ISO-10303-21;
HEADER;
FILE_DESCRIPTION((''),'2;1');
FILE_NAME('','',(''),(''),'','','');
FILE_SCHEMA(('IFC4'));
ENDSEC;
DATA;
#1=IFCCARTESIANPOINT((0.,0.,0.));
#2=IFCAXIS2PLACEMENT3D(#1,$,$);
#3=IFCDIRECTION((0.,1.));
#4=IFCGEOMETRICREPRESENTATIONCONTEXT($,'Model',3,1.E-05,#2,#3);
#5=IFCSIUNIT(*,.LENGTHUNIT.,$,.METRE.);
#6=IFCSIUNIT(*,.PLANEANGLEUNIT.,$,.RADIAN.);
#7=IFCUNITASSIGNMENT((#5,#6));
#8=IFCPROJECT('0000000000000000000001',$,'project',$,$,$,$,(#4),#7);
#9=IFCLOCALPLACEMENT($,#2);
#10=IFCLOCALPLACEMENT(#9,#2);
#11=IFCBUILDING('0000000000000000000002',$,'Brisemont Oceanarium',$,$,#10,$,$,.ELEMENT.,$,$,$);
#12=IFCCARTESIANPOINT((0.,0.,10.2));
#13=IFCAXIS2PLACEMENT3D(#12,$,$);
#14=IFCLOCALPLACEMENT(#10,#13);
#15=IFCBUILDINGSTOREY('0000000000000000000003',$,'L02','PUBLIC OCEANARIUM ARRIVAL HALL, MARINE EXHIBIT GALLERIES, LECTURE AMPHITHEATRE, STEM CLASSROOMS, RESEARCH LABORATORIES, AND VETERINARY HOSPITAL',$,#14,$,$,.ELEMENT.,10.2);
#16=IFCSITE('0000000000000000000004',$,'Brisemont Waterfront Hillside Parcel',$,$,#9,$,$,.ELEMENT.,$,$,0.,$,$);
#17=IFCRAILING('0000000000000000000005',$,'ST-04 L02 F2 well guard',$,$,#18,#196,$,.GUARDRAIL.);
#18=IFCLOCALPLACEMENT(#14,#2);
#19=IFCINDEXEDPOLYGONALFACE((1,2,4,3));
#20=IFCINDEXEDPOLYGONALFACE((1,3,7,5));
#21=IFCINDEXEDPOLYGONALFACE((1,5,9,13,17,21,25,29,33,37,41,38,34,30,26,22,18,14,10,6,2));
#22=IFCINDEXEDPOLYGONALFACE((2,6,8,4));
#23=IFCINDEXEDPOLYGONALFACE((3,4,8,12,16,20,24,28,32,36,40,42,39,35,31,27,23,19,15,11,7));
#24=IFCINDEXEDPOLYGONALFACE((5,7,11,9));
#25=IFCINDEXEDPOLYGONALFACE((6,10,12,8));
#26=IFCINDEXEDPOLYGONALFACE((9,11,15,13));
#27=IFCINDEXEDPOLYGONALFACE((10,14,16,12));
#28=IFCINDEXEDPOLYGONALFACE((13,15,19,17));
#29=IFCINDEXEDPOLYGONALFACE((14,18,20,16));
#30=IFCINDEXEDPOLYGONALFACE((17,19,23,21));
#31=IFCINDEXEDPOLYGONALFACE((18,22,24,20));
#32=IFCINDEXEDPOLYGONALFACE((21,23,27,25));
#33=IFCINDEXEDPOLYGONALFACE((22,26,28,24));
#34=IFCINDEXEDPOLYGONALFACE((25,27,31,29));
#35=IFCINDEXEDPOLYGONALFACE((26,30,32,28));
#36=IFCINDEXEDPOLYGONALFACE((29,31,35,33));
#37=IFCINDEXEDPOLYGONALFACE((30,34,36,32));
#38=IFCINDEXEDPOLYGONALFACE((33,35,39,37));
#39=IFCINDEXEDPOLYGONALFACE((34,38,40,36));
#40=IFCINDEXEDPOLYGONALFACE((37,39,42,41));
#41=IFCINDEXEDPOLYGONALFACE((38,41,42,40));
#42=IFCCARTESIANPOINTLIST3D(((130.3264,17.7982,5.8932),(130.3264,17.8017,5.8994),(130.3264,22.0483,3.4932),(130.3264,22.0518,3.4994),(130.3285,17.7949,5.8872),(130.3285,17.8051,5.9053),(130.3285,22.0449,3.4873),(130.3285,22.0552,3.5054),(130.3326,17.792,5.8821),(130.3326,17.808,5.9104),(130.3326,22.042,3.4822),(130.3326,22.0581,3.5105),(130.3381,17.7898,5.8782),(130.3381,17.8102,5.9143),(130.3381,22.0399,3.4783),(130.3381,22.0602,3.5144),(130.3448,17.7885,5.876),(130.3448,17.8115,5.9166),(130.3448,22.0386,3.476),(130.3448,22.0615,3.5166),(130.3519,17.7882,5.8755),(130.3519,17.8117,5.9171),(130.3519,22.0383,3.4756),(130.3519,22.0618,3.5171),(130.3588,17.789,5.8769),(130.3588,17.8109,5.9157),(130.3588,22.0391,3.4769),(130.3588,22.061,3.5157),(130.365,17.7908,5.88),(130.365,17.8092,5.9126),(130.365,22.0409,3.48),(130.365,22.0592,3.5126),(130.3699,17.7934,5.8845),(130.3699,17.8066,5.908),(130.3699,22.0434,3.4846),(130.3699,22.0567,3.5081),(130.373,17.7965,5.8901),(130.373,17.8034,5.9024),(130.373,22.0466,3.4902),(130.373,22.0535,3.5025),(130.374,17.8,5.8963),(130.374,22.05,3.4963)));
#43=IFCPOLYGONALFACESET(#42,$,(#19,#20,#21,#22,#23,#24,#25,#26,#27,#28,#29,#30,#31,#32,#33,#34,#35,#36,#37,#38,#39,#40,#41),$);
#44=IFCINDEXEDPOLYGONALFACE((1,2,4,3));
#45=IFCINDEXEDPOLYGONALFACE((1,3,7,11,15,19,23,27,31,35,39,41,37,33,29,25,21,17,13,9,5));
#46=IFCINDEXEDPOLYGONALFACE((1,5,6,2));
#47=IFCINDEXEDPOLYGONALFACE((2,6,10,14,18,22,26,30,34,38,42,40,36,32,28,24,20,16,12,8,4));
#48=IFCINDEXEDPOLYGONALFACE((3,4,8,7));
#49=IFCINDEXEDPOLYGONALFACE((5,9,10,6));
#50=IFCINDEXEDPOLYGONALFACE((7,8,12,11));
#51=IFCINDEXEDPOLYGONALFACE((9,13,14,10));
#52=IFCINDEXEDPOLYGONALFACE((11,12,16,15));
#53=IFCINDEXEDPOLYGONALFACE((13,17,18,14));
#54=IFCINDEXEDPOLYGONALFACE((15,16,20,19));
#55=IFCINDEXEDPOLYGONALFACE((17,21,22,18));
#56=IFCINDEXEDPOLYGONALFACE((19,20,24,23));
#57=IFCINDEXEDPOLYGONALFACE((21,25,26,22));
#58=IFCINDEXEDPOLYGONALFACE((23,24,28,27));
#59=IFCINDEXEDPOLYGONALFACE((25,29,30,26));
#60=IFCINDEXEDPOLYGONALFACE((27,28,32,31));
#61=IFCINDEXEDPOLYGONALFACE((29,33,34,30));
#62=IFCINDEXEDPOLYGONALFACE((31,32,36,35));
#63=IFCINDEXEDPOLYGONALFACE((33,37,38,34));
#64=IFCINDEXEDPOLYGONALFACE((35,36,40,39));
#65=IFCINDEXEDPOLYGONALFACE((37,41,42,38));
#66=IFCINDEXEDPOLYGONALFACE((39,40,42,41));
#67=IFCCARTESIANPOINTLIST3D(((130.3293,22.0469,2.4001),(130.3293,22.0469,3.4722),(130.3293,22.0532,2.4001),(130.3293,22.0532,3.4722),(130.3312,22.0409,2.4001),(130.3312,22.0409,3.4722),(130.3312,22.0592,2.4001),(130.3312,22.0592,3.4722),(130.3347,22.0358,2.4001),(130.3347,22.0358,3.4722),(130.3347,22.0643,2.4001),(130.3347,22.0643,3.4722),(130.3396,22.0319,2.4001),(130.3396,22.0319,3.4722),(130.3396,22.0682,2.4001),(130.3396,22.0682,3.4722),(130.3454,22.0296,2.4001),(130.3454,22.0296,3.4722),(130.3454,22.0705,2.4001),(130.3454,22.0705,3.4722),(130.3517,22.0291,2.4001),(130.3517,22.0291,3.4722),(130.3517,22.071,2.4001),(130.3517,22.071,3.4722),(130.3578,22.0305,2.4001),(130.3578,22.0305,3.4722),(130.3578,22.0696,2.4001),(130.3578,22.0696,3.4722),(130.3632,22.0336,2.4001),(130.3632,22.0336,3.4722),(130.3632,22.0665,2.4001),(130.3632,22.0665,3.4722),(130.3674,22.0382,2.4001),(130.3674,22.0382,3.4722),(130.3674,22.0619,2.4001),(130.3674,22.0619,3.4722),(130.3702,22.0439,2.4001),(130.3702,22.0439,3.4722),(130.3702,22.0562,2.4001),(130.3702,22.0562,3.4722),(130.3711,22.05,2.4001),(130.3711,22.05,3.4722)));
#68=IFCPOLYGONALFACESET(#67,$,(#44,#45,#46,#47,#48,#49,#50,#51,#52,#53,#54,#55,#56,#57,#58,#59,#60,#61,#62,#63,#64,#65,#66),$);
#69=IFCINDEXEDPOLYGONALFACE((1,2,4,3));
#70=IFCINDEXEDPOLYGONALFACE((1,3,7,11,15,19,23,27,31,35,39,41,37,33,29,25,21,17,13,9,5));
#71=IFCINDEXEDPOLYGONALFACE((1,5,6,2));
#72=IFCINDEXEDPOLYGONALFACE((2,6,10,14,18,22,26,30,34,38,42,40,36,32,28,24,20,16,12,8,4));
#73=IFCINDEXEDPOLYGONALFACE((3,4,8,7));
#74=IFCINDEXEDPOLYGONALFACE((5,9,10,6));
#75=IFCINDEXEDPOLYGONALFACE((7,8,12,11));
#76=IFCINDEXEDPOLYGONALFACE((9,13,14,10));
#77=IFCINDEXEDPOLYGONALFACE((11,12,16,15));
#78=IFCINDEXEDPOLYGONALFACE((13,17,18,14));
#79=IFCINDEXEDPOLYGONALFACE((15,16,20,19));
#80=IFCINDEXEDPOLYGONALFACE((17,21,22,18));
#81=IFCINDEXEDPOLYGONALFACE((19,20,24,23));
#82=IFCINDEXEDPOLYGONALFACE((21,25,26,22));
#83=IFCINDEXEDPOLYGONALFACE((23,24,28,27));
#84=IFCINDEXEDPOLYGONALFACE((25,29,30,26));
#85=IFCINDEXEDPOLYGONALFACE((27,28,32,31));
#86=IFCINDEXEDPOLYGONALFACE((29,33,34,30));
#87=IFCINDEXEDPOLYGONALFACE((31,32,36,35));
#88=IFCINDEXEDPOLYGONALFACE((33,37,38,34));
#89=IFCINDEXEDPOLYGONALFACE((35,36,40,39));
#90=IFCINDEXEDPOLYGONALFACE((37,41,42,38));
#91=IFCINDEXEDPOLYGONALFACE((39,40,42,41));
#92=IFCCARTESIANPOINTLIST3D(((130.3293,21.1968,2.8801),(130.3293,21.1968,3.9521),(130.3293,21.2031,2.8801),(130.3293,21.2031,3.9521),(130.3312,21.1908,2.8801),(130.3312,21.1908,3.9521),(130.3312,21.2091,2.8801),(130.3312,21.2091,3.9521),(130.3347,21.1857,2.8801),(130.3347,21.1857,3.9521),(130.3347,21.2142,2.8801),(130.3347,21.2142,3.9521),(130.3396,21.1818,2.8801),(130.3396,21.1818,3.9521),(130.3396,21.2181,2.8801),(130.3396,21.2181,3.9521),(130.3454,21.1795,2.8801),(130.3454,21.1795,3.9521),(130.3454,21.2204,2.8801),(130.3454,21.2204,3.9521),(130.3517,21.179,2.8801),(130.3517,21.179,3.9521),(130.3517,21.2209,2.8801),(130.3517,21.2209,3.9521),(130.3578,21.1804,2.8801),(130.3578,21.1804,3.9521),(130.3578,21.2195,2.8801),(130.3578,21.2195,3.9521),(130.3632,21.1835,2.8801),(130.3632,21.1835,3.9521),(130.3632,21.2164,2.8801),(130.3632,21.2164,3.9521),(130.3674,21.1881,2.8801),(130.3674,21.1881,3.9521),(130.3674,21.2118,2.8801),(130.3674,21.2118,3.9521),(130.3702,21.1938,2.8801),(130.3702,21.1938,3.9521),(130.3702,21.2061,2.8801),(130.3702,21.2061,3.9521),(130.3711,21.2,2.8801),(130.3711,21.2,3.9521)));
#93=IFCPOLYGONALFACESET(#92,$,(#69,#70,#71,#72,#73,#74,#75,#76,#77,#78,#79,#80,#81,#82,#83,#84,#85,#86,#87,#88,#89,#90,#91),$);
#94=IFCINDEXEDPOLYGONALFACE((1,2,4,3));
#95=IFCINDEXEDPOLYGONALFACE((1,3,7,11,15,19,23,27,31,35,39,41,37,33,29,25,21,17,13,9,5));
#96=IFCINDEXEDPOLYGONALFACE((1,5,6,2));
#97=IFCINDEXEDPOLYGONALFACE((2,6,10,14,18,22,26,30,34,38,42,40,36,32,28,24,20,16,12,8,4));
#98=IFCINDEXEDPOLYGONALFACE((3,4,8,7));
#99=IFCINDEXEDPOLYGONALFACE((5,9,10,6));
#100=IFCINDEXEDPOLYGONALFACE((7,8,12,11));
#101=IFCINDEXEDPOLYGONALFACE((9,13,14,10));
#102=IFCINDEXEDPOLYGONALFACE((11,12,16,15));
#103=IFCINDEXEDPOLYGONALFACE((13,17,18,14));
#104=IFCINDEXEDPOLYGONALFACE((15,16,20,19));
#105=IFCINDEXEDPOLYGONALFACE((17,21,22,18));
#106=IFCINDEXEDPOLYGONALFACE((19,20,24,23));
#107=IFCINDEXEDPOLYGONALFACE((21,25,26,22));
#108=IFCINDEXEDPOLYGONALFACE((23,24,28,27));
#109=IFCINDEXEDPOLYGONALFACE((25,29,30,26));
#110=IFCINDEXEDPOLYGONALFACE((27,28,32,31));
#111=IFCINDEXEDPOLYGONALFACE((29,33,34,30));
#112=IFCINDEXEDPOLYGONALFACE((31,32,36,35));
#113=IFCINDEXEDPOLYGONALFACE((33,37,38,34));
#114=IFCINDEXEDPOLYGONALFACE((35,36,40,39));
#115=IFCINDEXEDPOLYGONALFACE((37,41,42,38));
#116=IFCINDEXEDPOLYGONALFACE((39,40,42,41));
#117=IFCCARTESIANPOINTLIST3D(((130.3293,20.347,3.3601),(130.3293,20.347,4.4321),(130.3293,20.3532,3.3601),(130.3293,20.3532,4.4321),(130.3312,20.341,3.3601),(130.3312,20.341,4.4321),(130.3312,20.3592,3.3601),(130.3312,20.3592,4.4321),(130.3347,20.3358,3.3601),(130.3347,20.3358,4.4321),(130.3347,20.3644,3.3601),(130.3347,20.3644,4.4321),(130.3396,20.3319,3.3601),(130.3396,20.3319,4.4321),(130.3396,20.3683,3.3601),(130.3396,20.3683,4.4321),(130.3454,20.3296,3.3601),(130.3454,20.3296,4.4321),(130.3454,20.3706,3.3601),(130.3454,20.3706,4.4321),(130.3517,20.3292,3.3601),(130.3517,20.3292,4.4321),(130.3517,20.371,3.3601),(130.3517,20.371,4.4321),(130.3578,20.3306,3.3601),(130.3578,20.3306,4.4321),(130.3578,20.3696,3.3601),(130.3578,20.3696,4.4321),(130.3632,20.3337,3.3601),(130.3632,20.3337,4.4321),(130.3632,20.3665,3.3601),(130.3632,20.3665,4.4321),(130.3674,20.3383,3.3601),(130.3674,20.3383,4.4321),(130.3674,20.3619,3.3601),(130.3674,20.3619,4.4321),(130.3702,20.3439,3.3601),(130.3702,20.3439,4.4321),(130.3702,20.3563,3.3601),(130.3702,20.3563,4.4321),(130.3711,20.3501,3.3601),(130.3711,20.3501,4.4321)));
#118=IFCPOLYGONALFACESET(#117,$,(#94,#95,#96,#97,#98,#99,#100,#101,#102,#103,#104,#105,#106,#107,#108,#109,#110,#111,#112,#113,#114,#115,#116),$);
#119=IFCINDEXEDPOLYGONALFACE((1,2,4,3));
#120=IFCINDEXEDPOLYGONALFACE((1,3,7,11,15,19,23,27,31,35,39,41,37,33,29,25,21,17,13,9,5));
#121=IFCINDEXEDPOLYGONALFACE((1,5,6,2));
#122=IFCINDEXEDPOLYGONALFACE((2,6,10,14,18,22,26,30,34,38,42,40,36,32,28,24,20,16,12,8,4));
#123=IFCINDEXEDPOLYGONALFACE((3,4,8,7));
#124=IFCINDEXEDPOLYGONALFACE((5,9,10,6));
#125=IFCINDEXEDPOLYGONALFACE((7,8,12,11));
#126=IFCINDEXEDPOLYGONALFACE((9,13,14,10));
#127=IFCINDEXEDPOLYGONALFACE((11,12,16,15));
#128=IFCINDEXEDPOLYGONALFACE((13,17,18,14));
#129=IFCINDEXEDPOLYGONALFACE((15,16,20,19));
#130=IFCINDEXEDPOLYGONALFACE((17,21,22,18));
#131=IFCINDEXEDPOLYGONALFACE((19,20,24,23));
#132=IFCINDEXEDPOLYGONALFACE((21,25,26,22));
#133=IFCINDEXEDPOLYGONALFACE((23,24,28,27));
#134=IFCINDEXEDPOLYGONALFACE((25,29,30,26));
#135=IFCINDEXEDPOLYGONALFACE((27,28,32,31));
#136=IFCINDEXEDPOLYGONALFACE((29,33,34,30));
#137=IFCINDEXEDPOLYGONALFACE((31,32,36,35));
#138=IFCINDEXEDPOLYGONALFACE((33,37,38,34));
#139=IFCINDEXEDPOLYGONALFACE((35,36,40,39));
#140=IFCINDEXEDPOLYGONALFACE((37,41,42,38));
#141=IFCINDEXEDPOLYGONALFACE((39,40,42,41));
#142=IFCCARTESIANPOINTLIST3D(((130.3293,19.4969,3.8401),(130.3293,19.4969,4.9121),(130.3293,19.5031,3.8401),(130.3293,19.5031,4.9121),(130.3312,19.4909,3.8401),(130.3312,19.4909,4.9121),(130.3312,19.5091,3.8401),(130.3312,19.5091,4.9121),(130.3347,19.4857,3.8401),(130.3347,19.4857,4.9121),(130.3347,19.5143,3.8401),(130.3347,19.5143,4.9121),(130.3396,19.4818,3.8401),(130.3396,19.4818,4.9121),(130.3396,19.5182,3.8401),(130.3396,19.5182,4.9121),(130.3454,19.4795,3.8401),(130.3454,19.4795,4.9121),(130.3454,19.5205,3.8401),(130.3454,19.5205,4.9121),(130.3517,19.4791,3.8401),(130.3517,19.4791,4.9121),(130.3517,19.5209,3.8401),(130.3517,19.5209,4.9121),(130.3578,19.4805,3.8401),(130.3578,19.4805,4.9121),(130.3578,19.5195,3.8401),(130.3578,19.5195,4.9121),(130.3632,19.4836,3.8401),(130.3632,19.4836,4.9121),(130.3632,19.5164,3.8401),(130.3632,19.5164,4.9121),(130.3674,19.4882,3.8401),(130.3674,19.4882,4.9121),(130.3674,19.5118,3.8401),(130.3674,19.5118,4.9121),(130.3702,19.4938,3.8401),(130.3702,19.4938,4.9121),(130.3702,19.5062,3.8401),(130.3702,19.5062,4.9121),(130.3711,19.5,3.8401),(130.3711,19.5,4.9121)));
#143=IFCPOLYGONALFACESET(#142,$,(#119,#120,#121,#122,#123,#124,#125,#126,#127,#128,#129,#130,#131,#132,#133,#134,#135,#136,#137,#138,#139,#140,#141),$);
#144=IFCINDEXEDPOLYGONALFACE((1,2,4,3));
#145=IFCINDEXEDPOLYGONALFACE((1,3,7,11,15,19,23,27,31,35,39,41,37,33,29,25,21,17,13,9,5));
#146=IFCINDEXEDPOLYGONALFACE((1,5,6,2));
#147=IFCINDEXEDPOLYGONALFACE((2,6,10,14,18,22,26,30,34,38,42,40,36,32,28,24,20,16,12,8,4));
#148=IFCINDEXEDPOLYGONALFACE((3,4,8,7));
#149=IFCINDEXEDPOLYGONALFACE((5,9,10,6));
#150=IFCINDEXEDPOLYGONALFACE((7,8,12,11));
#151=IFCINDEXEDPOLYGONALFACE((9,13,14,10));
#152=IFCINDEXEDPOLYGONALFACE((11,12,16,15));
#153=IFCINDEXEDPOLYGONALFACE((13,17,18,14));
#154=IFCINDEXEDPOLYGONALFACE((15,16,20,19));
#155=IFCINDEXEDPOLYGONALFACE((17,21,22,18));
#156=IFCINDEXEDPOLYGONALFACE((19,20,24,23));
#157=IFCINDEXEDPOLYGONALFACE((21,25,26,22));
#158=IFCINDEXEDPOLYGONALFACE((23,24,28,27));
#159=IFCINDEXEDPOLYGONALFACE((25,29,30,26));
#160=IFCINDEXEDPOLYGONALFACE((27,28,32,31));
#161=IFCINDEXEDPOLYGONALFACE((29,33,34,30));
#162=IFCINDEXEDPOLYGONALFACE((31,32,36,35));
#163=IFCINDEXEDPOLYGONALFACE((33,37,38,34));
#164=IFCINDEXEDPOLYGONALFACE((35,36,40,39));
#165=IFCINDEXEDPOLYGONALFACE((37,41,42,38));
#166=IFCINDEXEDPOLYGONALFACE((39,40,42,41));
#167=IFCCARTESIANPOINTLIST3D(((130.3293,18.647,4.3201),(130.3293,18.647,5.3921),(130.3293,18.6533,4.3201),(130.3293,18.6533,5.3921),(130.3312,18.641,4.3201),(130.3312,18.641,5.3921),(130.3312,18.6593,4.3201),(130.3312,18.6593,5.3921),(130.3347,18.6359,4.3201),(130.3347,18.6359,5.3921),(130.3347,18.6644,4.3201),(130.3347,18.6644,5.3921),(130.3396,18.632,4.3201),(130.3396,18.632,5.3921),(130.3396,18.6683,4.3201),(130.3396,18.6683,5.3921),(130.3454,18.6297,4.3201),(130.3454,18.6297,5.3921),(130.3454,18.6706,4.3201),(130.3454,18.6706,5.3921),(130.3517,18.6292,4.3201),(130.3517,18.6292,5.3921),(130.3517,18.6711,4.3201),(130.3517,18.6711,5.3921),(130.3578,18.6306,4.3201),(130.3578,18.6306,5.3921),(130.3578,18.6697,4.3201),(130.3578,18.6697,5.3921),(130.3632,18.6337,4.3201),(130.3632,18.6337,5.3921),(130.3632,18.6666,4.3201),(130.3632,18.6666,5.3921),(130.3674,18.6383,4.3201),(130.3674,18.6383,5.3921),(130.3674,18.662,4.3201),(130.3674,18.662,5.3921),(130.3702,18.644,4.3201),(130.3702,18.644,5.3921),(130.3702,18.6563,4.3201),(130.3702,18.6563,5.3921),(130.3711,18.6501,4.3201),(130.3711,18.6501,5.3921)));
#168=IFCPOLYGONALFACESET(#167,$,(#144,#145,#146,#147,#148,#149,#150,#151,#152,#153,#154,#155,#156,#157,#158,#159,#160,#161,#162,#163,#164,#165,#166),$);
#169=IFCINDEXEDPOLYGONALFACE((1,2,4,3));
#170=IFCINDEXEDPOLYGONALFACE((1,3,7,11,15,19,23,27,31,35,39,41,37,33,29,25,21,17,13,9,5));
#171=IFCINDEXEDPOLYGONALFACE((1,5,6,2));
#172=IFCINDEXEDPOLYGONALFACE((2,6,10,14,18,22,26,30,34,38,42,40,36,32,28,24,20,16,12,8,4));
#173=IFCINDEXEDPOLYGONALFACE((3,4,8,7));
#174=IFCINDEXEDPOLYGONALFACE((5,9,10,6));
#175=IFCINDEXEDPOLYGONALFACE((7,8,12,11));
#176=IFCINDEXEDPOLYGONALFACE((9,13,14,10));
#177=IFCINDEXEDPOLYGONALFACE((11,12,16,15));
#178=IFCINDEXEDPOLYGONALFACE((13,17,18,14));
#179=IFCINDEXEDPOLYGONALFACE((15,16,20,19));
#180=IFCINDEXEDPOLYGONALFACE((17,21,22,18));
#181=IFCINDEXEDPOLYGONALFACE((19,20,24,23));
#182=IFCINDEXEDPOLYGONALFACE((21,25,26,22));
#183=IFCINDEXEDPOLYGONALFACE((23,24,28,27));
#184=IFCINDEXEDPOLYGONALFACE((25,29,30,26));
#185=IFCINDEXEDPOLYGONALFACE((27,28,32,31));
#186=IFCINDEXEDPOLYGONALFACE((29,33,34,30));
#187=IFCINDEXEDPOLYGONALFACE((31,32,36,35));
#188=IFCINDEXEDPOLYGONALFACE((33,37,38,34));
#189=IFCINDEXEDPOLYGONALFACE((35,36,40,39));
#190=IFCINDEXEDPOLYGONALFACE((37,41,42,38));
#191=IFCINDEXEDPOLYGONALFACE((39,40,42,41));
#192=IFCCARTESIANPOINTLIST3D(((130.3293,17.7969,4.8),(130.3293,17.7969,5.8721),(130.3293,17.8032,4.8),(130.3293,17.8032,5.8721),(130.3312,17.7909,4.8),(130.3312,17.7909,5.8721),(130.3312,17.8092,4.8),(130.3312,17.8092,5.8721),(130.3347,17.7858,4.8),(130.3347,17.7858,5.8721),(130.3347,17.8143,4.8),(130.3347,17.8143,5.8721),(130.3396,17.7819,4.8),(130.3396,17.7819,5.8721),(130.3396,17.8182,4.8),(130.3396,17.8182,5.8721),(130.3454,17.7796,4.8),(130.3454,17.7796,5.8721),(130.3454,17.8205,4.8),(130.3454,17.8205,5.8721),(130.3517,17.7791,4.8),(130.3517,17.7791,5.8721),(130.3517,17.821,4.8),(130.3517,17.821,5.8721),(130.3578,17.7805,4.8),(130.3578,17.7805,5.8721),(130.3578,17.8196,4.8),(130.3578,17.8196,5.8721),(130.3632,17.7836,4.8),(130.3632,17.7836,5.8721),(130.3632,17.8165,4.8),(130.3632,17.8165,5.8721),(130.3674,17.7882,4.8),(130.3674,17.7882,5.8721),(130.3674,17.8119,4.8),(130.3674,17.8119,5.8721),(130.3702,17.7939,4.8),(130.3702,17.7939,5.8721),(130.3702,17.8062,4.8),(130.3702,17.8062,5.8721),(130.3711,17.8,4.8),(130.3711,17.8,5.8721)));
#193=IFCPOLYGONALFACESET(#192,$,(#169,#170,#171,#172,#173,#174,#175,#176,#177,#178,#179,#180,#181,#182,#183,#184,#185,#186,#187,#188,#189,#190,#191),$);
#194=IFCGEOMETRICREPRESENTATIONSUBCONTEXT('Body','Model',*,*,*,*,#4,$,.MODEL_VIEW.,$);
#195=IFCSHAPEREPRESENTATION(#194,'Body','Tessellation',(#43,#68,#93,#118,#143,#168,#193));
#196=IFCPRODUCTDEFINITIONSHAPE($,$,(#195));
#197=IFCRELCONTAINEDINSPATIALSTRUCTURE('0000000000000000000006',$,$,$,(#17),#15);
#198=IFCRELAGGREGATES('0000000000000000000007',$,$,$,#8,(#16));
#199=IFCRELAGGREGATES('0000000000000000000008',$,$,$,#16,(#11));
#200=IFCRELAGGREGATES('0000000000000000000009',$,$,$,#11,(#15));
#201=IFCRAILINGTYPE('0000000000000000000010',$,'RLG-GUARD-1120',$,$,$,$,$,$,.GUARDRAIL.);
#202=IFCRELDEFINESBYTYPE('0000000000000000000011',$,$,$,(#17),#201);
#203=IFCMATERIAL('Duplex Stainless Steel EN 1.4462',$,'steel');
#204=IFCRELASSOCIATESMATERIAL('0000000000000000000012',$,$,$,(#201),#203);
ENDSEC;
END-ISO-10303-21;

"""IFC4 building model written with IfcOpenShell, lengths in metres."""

from ifc_helpers import new_model, si_unit, direction, frame, origin, origin_2d, place, context, subcontext, project, spatial, circle, extrude, material, type_object, element, save


model = new_model("IFC4")

# Units and contexts
model_context = context("Model", 3, precision=1e-05, world=origin(), true_north=direction((0.0, 1.0)))
body_context = subcontext(model_context, "Body", "Model", "MODEL_VIEW")
ifc_project = project(units=[si_unit("LENGTHUNIT", "METRE"), si_unit("PLANEANGLEUNIT", "RADIAN")], contexts=[model_context])

# Site, building, storey
site_placement = place(None, origin())
site = spatial("IfcSite", under=ifc_project, at=site_placement, Name="Brisemont Waterfront Hillside Parcel", CompositionType="ELEMENT", RefElevation=0.0)
building_placement = place(site_placement, origin())
building = spatial("IfcBuilding", under=site, at=building_placement, Name="Brisemont Oceanarium", CompositionType="ELEMENT")
storey_placement = place(building_placement, frame((0.0, 0.0, 10.2)))
storey = spatial("IfcBuildingStorey", under=building, at=storey_placement, Name="L02", Description="PUBLIC OCEANARIUM ARRIVAL HALL, MARINE EXHIBIT GALLERIES, LECTURE AMPHITHEATRE, STEM CLASSROOMS, RESEARCH LABORATORIES, AND VETERINARY HOSPITAL", CompositionType="ELEMENT", Elevation=10.2)

# Railing
ifc_material_1 = material(Name="Duplex Stainless Steel EN 1.4462", Category="steel")
railing_type_1 = type_object("IfcRailingType", Name="RLG-GUARD-1120", PredefinedType="GUARDRAIL", material=ifc_material_1)
railing_1_placement = place(storey_placement, frame((130.3501, 22.05, 2.4001)))
element("IfcRailing", 1, at=railing_1_placement, inside=storey, type_object=railing_type_1, Name="ST-04 L02 F2 well guard", PredefinedType="GUARDRAIL", context=body_context, shape_type="SweptSolid", body=[
    extrude(circle(Radius=0.0239, at=origin_2d()), frame((0.0, 0.0, 1.0962), z_axis=(0.0, -0.870762, 0.491704), x_axis=(1.0, 0.0, 0.0)), (0.0, 0.0, 1.0), 4.8809),
    extrude(circle(Radius=0.021, at=origin_2d()), origin(), (0.0, 0.0, 1.0), 1.072),
    extrude(circle(Radius=0.021, at=origin_2d()), frame((0.0, -0.8501, 0.48)), (0.0, 0.0, 1.0), 1.072),
    extrude(circle(Radius=0.021, at=origin_2d()), frame((0.0, -1.7, 0.96)), (0.0, 0.0, 1.0), 1.072),
    extrude(circle(Radius=0.021, at=origin_2d()), frame((0.0, -2.55, 1.4399)), (0.0, 0.0, 1.0), 1.072),
    extrude(circle(Radius=0.021, at=origin_2d()), frame((0.0, -3.3999, 1.9199)), (0.0, 0.0, 1.0), 1.072),
    extrude(circle(Radius=0.021, at=origin_2d()), frame((0.0, -4.25, 2.3999)), (0.0, 0.0, 1.0), 1.072),
])

save(model, "model.ifc")
